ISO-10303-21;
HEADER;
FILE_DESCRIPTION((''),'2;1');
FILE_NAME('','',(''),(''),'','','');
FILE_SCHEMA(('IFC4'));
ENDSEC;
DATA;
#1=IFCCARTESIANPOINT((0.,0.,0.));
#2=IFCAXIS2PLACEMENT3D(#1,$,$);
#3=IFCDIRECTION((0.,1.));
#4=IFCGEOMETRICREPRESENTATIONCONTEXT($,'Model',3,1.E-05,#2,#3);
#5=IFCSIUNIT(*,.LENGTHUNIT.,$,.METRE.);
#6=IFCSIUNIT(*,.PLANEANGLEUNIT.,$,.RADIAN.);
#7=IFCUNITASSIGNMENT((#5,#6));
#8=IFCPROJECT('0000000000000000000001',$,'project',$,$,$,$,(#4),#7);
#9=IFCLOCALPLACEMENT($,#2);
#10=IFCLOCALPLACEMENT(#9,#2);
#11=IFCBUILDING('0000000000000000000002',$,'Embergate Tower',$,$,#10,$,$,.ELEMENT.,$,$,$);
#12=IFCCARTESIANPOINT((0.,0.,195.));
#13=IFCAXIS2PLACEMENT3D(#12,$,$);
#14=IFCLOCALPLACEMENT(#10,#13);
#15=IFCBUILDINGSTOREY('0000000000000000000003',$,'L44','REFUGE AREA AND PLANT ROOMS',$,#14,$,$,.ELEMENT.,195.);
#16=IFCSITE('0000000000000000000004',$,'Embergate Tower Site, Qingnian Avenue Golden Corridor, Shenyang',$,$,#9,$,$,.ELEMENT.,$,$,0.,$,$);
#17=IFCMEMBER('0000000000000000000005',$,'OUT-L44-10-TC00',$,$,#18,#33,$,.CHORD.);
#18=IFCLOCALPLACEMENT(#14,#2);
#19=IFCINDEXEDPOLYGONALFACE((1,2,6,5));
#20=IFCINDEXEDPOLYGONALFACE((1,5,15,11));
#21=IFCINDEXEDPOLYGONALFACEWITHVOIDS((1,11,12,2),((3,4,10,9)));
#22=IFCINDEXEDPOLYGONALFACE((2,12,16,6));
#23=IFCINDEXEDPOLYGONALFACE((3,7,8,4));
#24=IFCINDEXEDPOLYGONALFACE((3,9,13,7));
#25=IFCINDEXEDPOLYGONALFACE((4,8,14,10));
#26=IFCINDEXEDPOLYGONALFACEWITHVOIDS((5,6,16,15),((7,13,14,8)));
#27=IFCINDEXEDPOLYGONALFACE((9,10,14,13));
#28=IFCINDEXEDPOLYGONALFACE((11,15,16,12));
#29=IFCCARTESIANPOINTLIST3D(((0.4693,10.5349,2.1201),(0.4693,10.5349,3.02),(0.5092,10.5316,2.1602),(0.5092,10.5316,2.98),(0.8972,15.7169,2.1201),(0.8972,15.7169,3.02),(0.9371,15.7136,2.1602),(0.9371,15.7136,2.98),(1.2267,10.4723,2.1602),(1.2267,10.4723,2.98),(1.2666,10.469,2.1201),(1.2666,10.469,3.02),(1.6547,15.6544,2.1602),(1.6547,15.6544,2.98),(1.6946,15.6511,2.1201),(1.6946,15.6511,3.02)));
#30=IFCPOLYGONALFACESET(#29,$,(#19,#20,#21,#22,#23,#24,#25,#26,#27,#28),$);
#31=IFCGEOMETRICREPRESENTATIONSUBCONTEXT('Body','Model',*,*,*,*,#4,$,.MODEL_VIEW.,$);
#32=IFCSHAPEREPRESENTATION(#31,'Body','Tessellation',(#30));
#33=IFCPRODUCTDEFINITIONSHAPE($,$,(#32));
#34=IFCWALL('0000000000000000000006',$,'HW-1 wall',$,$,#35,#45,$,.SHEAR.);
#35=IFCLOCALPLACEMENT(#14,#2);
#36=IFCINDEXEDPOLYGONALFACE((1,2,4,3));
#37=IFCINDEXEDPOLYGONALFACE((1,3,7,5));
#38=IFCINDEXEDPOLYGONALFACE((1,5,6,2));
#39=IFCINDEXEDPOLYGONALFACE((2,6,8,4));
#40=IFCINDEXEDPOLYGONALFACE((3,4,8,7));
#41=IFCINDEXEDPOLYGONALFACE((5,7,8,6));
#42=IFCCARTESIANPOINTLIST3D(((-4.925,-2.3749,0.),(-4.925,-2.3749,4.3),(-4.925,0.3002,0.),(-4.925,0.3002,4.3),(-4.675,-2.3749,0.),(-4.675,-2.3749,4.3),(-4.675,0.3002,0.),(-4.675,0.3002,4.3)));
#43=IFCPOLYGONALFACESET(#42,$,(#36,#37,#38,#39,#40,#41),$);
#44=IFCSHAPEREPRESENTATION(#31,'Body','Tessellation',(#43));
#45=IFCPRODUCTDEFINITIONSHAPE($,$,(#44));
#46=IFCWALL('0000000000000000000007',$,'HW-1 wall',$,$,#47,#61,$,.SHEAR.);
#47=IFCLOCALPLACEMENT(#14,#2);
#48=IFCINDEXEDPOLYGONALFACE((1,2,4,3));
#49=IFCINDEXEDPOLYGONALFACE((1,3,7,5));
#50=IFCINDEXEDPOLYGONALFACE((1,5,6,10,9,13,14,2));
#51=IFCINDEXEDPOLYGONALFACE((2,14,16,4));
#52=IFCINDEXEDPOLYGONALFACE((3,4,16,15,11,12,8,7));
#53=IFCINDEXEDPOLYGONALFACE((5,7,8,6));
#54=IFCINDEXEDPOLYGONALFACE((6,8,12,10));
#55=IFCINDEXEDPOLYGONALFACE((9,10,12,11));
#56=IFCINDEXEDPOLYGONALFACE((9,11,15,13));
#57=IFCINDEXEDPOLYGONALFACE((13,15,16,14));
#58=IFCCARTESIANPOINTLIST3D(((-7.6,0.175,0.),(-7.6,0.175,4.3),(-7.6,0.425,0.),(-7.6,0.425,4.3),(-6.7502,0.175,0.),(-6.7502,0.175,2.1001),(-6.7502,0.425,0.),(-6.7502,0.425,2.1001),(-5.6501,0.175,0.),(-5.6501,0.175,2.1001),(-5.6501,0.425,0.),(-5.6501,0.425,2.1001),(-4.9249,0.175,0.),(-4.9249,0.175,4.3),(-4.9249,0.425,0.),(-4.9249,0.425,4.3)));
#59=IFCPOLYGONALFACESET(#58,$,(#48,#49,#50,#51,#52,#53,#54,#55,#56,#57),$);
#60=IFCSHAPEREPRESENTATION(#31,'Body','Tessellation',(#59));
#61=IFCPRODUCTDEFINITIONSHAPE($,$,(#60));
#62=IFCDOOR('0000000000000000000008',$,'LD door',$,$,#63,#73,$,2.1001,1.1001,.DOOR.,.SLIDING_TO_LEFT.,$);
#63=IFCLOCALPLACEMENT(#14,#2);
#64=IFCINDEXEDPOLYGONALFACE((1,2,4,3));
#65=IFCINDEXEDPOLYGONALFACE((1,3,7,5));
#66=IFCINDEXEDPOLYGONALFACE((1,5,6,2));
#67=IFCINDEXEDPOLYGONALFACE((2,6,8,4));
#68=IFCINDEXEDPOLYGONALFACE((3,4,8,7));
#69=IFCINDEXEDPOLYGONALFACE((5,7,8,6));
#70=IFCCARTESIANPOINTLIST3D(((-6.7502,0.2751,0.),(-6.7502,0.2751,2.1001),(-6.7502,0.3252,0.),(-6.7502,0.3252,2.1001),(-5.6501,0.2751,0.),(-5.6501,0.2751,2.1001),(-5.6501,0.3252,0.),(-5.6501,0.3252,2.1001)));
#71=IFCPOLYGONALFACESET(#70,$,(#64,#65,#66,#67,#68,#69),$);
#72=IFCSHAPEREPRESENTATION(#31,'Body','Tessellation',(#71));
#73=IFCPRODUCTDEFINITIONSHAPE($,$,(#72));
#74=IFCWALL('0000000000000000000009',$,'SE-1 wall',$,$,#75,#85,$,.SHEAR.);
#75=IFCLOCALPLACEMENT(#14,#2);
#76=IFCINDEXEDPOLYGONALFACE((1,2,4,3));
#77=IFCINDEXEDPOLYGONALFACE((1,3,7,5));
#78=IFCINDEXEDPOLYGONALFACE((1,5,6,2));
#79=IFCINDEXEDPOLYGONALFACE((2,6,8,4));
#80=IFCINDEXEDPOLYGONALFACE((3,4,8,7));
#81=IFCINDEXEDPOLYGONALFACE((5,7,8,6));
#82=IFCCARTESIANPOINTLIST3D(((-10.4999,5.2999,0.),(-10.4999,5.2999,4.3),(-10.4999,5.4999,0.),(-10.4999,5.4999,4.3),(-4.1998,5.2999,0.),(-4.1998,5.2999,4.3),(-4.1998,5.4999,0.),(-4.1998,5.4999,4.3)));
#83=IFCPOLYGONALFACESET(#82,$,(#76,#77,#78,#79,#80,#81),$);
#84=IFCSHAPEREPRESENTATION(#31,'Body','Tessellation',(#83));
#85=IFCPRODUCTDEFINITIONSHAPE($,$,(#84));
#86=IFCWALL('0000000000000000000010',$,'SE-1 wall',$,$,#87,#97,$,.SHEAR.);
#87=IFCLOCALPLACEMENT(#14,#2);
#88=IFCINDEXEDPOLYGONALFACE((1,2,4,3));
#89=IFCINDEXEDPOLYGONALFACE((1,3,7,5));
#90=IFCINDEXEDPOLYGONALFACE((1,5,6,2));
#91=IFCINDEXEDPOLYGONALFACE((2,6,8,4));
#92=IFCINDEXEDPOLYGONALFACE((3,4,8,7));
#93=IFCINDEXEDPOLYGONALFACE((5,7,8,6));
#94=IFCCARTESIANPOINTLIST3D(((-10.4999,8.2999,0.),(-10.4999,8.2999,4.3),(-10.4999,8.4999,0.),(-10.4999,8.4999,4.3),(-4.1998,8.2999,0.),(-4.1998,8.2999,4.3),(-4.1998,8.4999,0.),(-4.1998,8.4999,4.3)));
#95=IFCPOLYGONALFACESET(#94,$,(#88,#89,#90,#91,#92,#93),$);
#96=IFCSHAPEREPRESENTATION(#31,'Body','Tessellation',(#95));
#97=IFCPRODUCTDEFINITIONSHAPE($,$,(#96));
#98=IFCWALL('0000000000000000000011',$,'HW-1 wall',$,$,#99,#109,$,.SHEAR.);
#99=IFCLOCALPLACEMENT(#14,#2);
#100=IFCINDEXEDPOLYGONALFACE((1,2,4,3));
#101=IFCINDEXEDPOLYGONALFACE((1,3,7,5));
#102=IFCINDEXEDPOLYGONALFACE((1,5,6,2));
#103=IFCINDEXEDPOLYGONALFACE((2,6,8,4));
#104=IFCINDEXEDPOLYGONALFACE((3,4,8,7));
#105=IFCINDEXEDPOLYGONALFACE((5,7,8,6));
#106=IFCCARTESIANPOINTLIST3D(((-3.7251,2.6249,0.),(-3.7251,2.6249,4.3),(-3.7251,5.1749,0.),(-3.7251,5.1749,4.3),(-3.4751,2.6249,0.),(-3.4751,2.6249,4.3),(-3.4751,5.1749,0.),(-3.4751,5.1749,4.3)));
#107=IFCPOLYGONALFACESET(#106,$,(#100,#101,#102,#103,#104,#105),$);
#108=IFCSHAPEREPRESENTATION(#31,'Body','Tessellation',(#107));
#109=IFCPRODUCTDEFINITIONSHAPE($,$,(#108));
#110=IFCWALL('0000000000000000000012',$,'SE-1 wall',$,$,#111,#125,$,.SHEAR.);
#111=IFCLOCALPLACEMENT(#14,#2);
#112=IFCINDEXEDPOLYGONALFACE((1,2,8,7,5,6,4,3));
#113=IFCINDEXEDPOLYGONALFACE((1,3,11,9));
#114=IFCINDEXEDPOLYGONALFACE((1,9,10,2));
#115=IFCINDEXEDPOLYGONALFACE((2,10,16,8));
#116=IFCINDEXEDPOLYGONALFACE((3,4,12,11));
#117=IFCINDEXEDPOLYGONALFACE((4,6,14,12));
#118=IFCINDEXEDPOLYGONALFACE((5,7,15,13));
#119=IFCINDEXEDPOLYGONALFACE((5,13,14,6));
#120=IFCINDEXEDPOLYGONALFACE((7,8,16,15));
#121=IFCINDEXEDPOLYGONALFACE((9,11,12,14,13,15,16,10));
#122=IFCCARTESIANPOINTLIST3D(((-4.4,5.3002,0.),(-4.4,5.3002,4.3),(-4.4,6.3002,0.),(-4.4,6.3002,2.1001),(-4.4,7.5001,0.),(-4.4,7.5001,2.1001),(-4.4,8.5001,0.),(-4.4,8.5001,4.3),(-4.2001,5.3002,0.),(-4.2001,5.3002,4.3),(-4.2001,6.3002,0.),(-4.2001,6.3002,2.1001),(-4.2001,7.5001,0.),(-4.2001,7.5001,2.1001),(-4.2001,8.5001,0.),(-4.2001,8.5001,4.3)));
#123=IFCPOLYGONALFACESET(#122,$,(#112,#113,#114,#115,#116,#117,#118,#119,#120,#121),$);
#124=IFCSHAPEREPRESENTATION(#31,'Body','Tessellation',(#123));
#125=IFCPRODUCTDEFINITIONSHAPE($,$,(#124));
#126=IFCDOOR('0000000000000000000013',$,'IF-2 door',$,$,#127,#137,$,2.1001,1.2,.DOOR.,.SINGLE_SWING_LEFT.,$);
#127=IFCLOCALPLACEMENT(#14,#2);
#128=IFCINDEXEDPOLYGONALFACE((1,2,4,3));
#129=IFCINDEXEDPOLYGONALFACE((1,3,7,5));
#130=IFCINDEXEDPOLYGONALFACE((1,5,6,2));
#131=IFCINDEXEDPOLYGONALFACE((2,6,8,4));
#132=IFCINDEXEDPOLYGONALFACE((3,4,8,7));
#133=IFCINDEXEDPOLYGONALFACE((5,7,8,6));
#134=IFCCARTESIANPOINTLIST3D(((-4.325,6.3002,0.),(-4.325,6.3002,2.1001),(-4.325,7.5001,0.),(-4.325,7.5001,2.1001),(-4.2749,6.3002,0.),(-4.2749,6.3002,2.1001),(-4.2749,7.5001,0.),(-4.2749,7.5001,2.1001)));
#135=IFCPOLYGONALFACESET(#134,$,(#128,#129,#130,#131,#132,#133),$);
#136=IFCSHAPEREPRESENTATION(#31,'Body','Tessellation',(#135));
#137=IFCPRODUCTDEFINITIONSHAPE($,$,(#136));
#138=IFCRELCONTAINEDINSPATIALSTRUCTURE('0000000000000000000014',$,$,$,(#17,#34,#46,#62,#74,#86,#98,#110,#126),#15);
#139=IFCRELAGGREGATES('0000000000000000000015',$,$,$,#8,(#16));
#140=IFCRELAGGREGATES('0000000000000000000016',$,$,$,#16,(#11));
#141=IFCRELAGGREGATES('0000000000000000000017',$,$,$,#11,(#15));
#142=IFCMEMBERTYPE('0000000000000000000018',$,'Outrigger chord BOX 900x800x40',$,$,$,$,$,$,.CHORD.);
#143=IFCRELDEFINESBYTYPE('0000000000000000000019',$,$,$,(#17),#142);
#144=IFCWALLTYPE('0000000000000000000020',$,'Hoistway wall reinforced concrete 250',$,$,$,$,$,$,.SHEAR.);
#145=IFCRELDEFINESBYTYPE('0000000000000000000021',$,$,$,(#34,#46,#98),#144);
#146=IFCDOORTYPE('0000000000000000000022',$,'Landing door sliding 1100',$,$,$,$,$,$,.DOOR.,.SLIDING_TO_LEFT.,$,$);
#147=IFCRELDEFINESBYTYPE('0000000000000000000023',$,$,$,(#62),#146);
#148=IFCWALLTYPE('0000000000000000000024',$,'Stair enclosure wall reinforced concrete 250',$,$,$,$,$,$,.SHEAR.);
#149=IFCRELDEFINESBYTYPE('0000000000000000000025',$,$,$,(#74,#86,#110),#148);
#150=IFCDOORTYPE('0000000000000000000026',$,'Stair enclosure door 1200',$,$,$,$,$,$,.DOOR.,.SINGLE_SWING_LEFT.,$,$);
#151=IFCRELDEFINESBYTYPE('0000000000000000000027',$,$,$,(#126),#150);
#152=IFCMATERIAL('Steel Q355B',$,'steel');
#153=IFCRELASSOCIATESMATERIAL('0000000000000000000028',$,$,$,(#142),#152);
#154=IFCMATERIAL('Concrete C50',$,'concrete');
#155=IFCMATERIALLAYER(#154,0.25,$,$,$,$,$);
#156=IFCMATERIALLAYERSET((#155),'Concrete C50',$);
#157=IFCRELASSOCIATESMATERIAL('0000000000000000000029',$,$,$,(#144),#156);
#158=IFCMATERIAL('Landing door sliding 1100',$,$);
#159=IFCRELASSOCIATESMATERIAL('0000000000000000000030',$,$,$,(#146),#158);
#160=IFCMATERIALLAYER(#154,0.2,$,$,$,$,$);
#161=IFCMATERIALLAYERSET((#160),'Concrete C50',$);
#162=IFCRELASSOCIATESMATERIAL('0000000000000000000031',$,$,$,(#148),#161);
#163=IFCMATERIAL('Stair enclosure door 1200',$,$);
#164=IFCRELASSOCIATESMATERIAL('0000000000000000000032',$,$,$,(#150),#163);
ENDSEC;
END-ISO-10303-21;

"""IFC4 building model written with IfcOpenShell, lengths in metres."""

from ifc_helpers import new_model, si_unit, direction, frame, frame_2d, origin, origin_2d, place, context, subcontext, project, spatial, rectangle, hollow_rectangle, extrude, source, transform, mapped, material, layer, layer_set, material_profile, profile_set, type_object, element, fill, save


model = new_model("IFC4")

# Units and contexts
model_context = context("Model", 3, precision=1e-05, world=origin(), true_north=direction((0.0, 1.0)))
body_context = subcontext(model_context, "Body", "Model", "MODEL_VIEW")
ifc_project = project(units=[si_unit("LENGTHUNIT", "METRE"), si_unit("PLANEANGLEUNIT", "RADIAN")], contexts=[model_context])

# Site, building, storey
site_placement = place(None, origin())
site = spatial("IfcSite", under=ifc_project, at=site_placement, Name="Embergate Tower Site, Qingnian Avenue Golden Corridor, Shenyang", CompositionType="ELEMENT", RefElevation=0.0)
building_placement = place(site_placement, origin())
building = spatial("IfcBuilding", under=site, at=building_placement, Name="Embergate Tower", CompositionType="ELEMENT")
storey_placement = place(building_placement, frame((0.0, 0.0, 195.0)))
storey = spatial("IfcBuildingStorey", under=building, at=storey_placement, Name="L44", Description="REFUGE AREA AND PLANT ROOMS", CompositionType="ELEMENT", Elevation=195.0)

# Member
ifc_material_1 = material(Name="Steel Q355B", Category="steel")
ifc_material_profile = material_profile(ifc_material_1, hollow_rectangle(XDim=0.8, YDim=0.8999, WallThickness=0.04, at=origin_2d()), Name="BOX 900x800x40")
ifc_profile_set = profile_set([ifc_material_profile], Name="Steel Q355 grade B")
member_type = type_object("IfcMemberType", Name="Outrigger chord BOX 900x800x40", PredefinedType="CHORD", material=ifc_profile_set)
shared_shape_1 = source(origin(), body_context, "Body", "SweptSolid", [
    extrude(hollow_rectangle(XDim=0.8, YDim=0.8999, WallThickness=0.04, at=origin_2d()), origin(), (0.0, 0.0, 1.0), 5.1997),
])
member_placement = place(storey_placement, frame((0.8679, 10.502, 2.5701), z_axis=(0.082307, 0.996607, 0.0), x_axis=(-0.996607, 0.082307, 0.0)))
element("IfcMember", 1, at=member_placement, inside=storey, type_object=member_type, Name="OUT-L44-10-TC00", PredefinedType="CHORD", context=body_context, shape_type="MappedRepresentation", body=[
    mapped(shared_shape_1, transform((0.0, 0.0, 0.0))),
])

# Wall
ifc_material_2 = material(Name="Concrete C50", Category="concrete")
ifc_layer_1 = layer(ifc_material_2, 0.25)
ifc_layer_set_1 = layer_set([ifc_layer_1], Name="Concrete C50")
wall_type_1 = type_object("IfcWallType", Name="Hoistway wall reinforced concrete 250", PredefinedType="SHEAR", material=ifc_layer_set_1)
shared_shape_2 = source(origin(), body_context, "Body", "SweptSolid", [
    extrude(rectangle(XDim=2.675, YDim=0.25, at=frame_2d((1.3374, 0.0))), origin(), (0.0, 0.0, 1.0), 4.3),
])
wall_1_placement = place(storey_placement, frame((-4.8, 0.3, 0.0), z_axis=(0.0, 0.0, 1.0), x_axis=(0.0, -1.0, 0.0)))
element("IfcWall", 2, at=wall_1_placement, inside=storey, type_object=wall_type_1, Name="HW-1 wall", PredefinedType="SHEAR", context=body_context, shape_type="MappedRepresentation", body=[
    mapped(shared_shape_2, transform((0.0, 0.0, 0.0))),
])

# Wall, opening, door
wall_2_placement = place(storey_placement, frame((-4.925, 0.3, 0.0), z_axis=(0.0, 0.0, 1.0), x_axis=(-1.0, 0.0, 0.0)))
wall_2 = element("IfcWall", 3, at=wall_2_placement, inside=storey, type_object=wall_type_1, Name="HW-1 wall", PredefinedType="SHEAR", context=body_context, shape_type="MappedRepresentation", body=[
    mapped(shared_shape_2, transform((0.0, 0.0, 0.0))),
])
shared_shape_3 = source(origin(), body_context, "Body", "SweptSolid", [
    extrude(rectangle(XDim=1.1001, YDim=2.1001, at=frame_2d((0.55, 1.05))), frame((0.0, 0.135, 0.0), z_axis=(0.0, -1.0, 0.0), x_axis=(1.0, 0.0, 0.0)), (0.0, 0.0, 1.0), 0.27),
])
opening_1_placement = place(wall_2_placement, frame((0.7251, 0.0, 0.0)))
opening_1 = element("IfcOpeningElement", 4, at=opening_1_placement, cuts=wall_2, PredefinedType="OPENING", context=body_context, shape_type="MappedRepresentation", body=[
    mapped(shared_shape_3, transform((0.0, 0.0, 0.0))),
])
ifc_material_3 = material(Name="Landing door sliding 1100")
door_type_1 = type_object("IfcDoorType", Name="Landing door sliding 1100", OperationType="SLIDING_TO_LEFT", PredefinedType="DOOR", material=ifc_material_3)
shared_shape_4 = source(origin(), body_context, "Body", "SweptSolid", [
    extrude(rectangle(XDim=1.1001, YDim=2.1001, at=frame_2d((0.55, 1.05))), frame((0.0, 0.0249, 0.0), z_axis=(0.0, -1.0, 0.0), x_axis=(1.0, 0.0, 0.0)), (0.0, 0.0, 1.0), 0.05),
])
door_1_placement = place(opening_1_placement, origin())
door_1 = element("IfcDoor", 5, at=door_1_placement, inside=storey, type_object=door_type_1, Name="LD door", OperationType="SLIDING_TO_LEFT", OverallHeight=2.1001, OverallWidth=1.1001, PredefinedType="DOOR", context=body_context, shape_type="MappedRepresentation", body=[
    mapped(shared_shape_4, transform((0.0, 0.0, 0.0))),
])
fill(opening_1, door_1)

# Walls
ifc_layer_2 = layer(ifc_material_2, 0.2)
ifc_layer_set_2 = layer_set([ifc_layer_2], Name="Concrete C50")
wall_type_2 = type_object("IfcWallType", Name="Stair enclosure wall reinforced concrete 250", PredefinedType="SHEAR", material=ifc_layer_set_2)
shared_shape_5 = source(origin(), body_context, "Body", "SweptSolid", [
    extrude(rectangle(XDim=6.3, YDim=0.2, at=frame_2d((3.1499, 0.0))), origin(), (0.0, 0.0, 1.0), 4.3),
])
for number, where, z_axis, x_axis, name in (
    (6, (-4.2, 5.3999, 0.0), (0.0, 0.0, 1.0), (-1.0, 0.0, 0.0), "SE-1 wall"),
    (7, (-4.2, 8.3999, 0.0), (0.0, 0.0, 1.0), (-1.0, 0.0, 0.0), "SE-1 wall"),
):
    element("IfcWall", number, at=place(storey_placement, frame(where, z_axis=z_axis, x_axis=x_axis)), inside=storey, type_object=wall_type_2, Name=name, PredefinedType="SHEAR", context=body_context, shape_type="MappedRepresentation", body=[
        mapped(shared_shape_5, transform((0.0, 0.0, 0.0))),
    ])
shared_shape_6 = source(origin(), body_context, "Body", "SweptSolid", [
    extrude(rectangle(XDim=2.55, YDim=0.25, at=frame_2d((1.2749, 0.0))), origin(), (0.0, 0.0, 1.0), 4.3),
])
wall_3_placement = place(storey_placement, frame((-3.6001, 2.625, 0.0), z_axis=(0.0, 0.0, 1.0), x_axis=(0.0, 1.0, 0.0)))
element("IfcWall", 8, at=wall_3_placement, inside=storey, type_object=wall_type_1, Name="HW-1 wall", PredefinedType="SHEAR", context=body_context, shape_type="MappedRepresentation", body=[
    mapped(shared_shape_6, transform((0.0, 0.0, 0.0))),
])

# Wall, opening, door
shared_shape_7 = source(origin(), body_context, "Body", "SweptSolid", [
    extrude(rectangle(XDim=3.2, YDim=0.2, at=frame_2d((1.6001, 0.0))), origin(), (0.0, 0.0, 1.0), 4.3),
])
wall_4_placement = place(storey_placement, frame((-4.3, 5.3, 0.0), z_axis=(0.0, 0.0, 1.0), x_axis=(0.0, 1.0, 0.0)))
wall_4 = element("IfcWall", 9, at=wall_4_placement, inside=storey, type_object=wall_type_2, Name="SE-1 wall", PredefinedType="SHEAR", context=body_context, shape_type="MappedRepresentation", body=[
    mapped(shared_shape_7, transform((0.0, 0.0, 0.0))),
])
shared_shape_8 = source(origin(), body_context, "Body", "SweptSolid", [
    extrude(rectangle(XDim=1.2, YDim=2.1001, at=frame_2d((0.6001, 1.05))), frame((0.0, 0.1099, 0.0), z_axis=(0.0, -1.0, 0.0), x_axis=(1.0, 0.0, 0.0)), (0.0, 0.0, 1.0), 0.22),
])
opening_2_placement = place(wall_4_placement, frame((1.0, 0.0, 0.0)))
opening_2 = element("IfcOpeningElement", 10, at=opening_2_placement, cuts=wall_4, PredefinedType="OPENING", context=body_context, shape_type="MappedRepresentation", body=[
    mapped(shared_shape_8, transform((0.0, 0.0, 0.0))),
])
ifc_material_4 = material(Name="Stair enclosure door 1200")
door_type_2 = type_object("IfcDoorType", Name="Stair enclosure door 1200", OperationType="SINGLE_SWING_LEFT", PredefinedType="DOOR", material=ifc_material_4)
shared_shape_9 = source(origin(), body_context, "Body", "SweptSolid", [
    extrude(rectangle(XDim=1.2, YDim=2.1001, at=frame_2d((0.6001, 1.05))), frame((0.0, 0.0249, 0.0), z_axis=(0.0, -1.0, 0.0), x_axis=(1.0, 0.0, 0.0)), (0.0, 0.0, 1.0), 0.05),
])
door_2_placement = place(opening_2_placement, origin())
door_2 = element("IfcDoor", 11, at=door_2_placement, inside=storey, type_object=door_type_2, Name="IF-2 door", OperationType="SINGLE_SWING_LEFT", OverallHeight=2.1001, OverallWidth=1.2, PredefinedType="DOOR", context=body_context, shape_type="MappedRepresentation", body=[
    mapped(shared_shape_9, transform((0.0, 0.0, 0.0))),
])
fill(opening_2, door_2)

save(model, "model.ifc")
